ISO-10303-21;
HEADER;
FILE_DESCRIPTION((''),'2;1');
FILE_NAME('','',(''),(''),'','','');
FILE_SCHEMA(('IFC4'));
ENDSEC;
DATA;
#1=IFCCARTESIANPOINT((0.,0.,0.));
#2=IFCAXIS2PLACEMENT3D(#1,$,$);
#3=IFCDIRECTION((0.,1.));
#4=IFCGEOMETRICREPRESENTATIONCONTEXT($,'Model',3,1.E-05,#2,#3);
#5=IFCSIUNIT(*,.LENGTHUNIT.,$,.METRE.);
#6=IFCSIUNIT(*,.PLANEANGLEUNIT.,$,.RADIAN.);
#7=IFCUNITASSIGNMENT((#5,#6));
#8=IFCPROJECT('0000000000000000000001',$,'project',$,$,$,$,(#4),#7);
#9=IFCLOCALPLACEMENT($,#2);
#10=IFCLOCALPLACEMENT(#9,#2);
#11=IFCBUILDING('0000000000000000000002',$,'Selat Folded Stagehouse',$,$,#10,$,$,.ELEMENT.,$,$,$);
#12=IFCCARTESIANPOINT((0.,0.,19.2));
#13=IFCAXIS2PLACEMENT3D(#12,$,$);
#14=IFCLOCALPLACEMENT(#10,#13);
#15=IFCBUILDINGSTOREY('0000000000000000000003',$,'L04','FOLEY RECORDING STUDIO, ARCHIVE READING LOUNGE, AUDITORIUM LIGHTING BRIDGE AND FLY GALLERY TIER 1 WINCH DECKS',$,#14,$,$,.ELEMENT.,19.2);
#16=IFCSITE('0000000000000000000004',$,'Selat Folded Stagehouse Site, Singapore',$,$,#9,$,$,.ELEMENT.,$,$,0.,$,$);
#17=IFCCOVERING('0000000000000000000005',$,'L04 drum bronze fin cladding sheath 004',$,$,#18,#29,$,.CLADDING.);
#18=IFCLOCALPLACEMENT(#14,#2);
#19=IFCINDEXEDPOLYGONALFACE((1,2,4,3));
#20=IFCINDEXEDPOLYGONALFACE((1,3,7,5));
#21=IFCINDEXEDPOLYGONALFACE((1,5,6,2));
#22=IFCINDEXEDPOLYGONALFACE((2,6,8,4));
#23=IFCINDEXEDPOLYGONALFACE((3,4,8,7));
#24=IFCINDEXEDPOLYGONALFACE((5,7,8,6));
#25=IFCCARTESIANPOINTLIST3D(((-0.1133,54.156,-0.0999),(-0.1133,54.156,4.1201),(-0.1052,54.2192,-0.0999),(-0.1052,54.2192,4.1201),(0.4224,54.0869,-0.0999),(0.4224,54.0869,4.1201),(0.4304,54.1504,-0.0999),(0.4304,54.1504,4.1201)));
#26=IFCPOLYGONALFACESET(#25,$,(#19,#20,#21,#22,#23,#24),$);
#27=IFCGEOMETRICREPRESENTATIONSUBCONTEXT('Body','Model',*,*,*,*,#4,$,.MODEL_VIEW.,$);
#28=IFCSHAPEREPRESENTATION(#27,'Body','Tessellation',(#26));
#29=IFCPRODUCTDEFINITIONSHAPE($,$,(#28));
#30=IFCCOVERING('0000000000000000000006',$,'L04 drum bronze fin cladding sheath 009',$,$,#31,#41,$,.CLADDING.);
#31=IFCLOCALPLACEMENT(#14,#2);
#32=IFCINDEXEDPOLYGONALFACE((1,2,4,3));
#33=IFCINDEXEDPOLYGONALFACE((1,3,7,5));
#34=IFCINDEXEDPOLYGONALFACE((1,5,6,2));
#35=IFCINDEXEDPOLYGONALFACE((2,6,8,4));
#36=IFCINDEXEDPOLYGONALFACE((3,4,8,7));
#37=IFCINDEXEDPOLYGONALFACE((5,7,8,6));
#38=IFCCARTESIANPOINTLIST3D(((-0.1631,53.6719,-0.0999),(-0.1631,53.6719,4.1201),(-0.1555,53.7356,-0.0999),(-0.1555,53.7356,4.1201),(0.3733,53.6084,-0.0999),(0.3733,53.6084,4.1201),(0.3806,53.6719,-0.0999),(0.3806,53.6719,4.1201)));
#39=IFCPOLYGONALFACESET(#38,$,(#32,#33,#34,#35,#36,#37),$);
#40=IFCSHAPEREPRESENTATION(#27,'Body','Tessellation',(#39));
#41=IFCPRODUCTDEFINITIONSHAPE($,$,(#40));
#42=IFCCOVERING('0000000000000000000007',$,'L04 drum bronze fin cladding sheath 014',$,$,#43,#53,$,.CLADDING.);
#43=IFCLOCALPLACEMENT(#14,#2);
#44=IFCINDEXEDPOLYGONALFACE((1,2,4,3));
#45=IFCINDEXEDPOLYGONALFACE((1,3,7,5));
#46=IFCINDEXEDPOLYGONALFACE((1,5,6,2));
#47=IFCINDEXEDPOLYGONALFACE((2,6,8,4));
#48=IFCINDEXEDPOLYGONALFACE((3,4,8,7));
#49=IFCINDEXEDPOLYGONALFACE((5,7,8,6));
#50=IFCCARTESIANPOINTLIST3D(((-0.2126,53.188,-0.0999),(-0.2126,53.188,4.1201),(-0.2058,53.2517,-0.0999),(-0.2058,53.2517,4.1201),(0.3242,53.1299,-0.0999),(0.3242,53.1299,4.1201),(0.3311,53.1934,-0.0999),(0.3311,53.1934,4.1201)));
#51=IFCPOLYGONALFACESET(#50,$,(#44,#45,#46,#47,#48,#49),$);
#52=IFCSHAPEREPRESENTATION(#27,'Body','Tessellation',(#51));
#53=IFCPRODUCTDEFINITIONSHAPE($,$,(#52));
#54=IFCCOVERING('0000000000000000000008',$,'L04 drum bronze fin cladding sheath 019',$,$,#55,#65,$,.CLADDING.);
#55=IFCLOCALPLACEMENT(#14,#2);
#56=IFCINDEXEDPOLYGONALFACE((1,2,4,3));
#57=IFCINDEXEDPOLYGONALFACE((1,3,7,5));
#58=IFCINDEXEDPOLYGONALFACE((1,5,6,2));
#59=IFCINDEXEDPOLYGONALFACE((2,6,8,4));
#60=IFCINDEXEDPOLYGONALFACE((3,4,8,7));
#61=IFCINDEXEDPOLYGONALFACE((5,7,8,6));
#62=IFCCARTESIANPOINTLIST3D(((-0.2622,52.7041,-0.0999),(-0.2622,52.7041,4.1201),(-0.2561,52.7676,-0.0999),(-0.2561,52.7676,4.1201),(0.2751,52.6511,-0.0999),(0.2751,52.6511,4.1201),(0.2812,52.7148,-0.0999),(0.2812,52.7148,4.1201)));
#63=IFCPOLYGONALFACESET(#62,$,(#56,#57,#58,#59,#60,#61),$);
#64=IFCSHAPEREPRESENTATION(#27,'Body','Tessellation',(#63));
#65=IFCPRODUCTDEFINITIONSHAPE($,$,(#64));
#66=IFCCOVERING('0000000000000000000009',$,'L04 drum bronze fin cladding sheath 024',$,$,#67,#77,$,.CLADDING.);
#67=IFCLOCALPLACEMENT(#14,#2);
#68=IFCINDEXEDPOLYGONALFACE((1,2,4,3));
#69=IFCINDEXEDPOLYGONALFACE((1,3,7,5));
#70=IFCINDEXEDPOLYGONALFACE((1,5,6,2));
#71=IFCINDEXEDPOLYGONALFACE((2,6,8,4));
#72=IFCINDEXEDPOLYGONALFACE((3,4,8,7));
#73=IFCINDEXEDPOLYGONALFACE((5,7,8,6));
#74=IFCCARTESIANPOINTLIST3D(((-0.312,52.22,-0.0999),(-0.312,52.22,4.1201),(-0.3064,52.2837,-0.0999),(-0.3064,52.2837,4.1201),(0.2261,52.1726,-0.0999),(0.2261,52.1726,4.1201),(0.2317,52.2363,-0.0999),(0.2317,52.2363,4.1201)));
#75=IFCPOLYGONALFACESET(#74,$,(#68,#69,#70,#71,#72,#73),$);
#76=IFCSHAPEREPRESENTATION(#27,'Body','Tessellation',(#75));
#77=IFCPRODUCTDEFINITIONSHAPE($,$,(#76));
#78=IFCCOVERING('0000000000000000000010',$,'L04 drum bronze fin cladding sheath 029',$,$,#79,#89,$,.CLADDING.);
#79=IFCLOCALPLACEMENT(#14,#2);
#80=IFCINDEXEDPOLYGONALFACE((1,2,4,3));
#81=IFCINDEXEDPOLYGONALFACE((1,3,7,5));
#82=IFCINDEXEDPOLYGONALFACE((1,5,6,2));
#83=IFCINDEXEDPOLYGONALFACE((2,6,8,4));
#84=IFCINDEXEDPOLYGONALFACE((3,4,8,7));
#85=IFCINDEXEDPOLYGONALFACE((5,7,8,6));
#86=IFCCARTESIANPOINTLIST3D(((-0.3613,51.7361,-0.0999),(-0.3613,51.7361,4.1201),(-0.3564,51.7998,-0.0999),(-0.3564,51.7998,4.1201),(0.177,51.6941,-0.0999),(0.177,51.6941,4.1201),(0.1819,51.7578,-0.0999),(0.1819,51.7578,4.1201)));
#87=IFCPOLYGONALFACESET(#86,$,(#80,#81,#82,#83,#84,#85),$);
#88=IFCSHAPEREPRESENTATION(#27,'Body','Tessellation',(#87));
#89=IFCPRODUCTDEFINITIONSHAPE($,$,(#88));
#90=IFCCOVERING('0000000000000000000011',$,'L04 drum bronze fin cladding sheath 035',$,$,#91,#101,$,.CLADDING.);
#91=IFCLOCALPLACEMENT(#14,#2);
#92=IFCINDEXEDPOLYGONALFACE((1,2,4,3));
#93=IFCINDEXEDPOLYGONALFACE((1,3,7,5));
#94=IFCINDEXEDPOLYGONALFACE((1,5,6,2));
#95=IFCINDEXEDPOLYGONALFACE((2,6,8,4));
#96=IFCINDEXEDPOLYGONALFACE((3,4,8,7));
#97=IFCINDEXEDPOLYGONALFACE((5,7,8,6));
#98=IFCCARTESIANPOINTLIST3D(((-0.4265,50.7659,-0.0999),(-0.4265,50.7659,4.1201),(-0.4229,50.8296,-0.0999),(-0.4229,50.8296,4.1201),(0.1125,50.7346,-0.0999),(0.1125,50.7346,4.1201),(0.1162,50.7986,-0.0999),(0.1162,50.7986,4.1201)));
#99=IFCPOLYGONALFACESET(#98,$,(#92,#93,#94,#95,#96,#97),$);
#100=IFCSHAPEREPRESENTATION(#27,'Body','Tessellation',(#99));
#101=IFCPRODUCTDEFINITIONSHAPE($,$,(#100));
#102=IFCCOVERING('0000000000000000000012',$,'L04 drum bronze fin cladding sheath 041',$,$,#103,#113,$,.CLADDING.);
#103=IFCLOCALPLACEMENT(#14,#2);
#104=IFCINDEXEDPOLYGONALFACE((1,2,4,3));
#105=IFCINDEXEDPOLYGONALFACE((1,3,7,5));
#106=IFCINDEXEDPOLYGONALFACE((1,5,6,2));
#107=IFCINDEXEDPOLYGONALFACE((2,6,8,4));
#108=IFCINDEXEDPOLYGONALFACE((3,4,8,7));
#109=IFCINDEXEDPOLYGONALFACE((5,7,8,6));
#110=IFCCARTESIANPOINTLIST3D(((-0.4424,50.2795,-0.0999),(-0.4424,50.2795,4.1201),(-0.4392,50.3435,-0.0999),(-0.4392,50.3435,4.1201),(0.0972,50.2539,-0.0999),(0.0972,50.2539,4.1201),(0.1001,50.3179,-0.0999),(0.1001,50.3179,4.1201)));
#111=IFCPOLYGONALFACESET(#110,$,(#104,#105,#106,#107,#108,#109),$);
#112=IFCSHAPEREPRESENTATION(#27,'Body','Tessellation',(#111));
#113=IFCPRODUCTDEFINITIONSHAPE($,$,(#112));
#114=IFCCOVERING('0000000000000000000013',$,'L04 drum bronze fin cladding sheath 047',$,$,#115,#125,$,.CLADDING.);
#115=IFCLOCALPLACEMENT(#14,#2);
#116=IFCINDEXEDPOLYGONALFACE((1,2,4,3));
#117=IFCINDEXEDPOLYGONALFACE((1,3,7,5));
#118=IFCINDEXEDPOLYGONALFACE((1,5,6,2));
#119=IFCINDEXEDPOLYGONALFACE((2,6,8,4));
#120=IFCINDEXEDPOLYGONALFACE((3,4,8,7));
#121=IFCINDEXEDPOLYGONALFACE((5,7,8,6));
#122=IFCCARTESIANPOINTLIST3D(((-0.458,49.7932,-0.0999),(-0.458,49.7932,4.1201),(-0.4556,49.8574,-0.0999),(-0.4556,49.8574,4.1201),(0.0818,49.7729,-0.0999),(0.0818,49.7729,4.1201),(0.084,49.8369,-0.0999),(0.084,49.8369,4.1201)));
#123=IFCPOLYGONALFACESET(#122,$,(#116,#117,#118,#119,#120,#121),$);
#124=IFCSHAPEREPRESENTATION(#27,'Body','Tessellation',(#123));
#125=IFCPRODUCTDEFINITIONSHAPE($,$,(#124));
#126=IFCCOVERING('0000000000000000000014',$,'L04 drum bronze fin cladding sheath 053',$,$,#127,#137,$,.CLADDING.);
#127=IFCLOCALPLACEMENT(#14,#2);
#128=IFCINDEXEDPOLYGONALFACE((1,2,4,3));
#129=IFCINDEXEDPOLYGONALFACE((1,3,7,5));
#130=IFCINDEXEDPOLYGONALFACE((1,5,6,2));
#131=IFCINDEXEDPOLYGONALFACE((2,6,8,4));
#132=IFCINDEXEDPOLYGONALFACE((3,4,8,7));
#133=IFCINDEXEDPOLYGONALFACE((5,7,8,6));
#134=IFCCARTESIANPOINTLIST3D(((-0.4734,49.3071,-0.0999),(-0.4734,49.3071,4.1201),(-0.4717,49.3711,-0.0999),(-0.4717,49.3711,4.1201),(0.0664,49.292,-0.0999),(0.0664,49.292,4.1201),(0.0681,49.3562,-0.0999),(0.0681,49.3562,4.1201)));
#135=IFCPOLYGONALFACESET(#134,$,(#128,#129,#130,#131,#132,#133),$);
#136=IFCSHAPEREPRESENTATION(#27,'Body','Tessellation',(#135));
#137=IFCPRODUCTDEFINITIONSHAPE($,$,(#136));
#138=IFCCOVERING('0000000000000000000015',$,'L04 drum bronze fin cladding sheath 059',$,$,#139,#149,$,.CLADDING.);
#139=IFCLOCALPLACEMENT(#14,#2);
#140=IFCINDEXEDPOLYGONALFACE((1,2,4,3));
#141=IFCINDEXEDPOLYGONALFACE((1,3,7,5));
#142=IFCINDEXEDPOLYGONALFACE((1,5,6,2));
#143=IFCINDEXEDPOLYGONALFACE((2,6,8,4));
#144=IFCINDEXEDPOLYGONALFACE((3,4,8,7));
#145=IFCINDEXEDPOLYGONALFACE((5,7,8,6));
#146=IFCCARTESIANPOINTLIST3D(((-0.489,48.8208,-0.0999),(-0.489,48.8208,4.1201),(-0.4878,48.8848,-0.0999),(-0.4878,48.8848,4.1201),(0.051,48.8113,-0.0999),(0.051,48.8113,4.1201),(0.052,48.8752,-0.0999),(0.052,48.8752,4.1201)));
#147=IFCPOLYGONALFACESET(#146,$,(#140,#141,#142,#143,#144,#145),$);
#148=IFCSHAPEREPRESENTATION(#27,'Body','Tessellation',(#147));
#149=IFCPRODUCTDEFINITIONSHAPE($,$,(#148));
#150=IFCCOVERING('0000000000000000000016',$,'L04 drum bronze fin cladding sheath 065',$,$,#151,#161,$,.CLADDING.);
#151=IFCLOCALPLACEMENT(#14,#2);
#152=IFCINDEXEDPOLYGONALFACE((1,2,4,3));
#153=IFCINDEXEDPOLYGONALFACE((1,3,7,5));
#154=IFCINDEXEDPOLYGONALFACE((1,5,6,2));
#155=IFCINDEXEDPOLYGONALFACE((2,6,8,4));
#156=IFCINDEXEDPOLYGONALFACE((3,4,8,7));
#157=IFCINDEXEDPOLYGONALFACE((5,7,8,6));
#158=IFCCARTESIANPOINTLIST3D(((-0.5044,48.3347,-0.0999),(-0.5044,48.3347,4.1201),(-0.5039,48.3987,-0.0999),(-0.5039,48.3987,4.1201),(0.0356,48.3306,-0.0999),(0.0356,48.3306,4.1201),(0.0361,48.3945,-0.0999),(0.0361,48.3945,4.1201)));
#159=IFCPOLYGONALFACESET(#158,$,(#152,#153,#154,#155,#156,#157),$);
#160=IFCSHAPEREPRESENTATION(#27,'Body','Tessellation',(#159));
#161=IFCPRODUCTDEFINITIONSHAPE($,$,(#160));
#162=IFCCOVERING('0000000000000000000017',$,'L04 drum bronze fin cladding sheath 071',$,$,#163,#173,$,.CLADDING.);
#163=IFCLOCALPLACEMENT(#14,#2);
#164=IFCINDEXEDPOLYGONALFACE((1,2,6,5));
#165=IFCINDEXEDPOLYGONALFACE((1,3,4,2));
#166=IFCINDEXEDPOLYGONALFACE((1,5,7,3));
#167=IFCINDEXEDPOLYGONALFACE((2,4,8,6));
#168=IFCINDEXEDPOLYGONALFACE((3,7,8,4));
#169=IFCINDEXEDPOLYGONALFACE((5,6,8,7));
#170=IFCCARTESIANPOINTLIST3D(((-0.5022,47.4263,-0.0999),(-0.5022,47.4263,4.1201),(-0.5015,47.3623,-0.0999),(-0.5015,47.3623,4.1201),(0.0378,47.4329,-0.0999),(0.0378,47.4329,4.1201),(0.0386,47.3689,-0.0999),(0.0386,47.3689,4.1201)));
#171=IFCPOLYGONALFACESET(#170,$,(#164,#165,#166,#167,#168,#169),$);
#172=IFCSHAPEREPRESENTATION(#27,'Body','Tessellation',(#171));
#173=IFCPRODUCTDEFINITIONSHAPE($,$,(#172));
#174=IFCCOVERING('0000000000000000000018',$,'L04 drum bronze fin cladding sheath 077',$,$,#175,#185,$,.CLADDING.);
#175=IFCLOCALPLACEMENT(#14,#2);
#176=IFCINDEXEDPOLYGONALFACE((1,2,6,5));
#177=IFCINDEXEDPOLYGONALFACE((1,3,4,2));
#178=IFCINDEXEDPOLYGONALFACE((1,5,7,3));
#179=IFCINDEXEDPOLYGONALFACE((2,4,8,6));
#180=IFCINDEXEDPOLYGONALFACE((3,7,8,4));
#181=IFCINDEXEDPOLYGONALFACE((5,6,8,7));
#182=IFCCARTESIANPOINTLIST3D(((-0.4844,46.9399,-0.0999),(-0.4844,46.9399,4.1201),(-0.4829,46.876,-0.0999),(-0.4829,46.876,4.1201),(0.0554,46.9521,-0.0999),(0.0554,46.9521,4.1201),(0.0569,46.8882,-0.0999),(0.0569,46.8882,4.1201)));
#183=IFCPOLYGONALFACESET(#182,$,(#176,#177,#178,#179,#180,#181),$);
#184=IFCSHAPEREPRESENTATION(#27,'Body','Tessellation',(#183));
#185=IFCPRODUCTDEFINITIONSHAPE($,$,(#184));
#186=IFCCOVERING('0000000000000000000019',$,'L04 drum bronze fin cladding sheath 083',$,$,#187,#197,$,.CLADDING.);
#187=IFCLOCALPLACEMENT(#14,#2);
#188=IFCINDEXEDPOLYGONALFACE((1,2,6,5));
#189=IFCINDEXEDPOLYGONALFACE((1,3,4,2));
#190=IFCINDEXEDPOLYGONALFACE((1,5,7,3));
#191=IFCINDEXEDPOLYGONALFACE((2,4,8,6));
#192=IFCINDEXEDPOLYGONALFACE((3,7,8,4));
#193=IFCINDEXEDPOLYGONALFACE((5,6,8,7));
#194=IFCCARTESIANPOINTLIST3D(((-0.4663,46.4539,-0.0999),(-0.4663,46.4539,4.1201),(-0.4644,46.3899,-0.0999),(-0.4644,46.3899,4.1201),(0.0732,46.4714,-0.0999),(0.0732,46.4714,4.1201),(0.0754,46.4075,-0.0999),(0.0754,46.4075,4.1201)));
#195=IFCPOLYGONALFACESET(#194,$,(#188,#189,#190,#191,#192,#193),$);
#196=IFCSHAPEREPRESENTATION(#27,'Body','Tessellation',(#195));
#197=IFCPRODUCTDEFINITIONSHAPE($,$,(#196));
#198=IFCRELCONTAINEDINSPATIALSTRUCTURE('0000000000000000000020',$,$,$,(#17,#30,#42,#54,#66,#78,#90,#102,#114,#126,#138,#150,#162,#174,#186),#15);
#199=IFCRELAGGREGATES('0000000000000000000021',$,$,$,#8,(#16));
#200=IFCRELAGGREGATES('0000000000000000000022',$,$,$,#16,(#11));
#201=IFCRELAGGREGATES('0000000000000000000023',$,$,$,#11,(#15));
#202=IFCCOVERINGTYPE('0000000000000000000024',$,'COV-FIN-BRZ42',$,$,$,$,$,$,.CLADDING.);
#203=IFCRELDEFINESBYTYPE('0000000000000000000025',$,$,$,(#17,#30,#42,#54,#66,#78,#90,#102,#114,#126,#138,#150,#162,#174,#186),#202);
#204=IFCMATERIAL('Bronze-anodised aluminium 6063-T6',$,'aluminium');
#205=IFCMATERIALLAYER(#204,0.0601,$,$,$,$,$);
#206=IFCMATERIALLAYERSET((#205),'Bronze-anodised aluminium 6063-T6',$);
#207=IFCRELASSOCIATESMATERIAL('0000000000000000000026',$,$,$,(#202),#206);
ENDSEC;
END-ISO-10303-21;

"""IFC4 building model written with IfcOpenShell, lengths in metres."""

from ifc_helpers import new_model, si_unit, direction, frame, origin, place, context, subcontext, project, spatial, polyline, outline, extrude, material, layer, layer_set, type_object, element, save


model = new_model("IFC4")

# Units and contexts
model_context = context("Model", 3, precision=1e-05, world=origin(), true_north=direction((0.0, 1.0)))
body_context = subcontext(model_context, "Body", "Model", "MODEL_VIEW")
ifc_project = project(units=[si_unit("LENGTHUNIT", "METRE"), si_unit("PLANEANGLEUNIT", "RADIAN")], contexts=[model_context])

# Site, building, storey
site_placement = place(None, origin())
site = spatial("IfcSite", under=ifc_project, at=site_placement, Name="Selat Folded Stagehouse Site, Singapore", CompositionType="ELEMENT", RefElevation=0.0)
building_placement = place(site_placement, origin())
building = spatial("IfcBuilding", under=site, at=building_placement, Name="Selat Folded Stagehouse", CompositionType="ELEMENT")
storey_placement = place(building_placement, frame((0.0, 0.0, 19.2)))
storey = spatial("IfcBuildingStorey", under=building, at=storey_placement, Name="L04", Description="FOLEY RECORDING STUDIO, ARCHIVE READING LOUNGE, AUDITORIUM LIGHTING BRIDGE AND FLY GALLERY TIER 1 WINCH DECKS", CompositionType="ELEMENT", Elevation=19.2)

# Coverings
ifc_material_1 = material(Name="Bronze-anodised aluminium 6063-T6", Category="aluminium")
ifc_layer_1 = layer(ifc_material_1, 0.0601)
ifc_layer_set_1 = layer_set([ifc_layer_1], Name="Bronze-anodised aluminium 6063-T6")
covering_type = type_object("IfcCoveringType", Name="COV-FIN-BRZ42", PredefinedType="CLADDING", material=ifc_layer_set_1)
covering_1_placement = place(storey_placement, frame((0.0, 0.0, -0.0999)))
element("IfcCovering", 1, at=covering_1_placement, inside=storey, type_object=covering_type, Name="L04 drum bronze fin cladding sheath 004", PredefinedType="CLADDING", context=body_context, shape_type="SweptSolid", body=[
    extrude(outline(polyline([(0.4304, 54.1504), (-0.1052, 54.2192), (-0.1133, 54.156), (0.4224, 54.0869), (0.4304, 54.1504)])), origin(), (0.0, 0.0, 1.0), 4.22),
])
covering_2_placement = place(storey_placement, frame((0.0, 0.0, -0.0999)))
element("IfcCovering", 2, at=covering_2_placement, inside=storey, type_object=covering_type, Name="L04 drum bronze fin cladding sheath 009", PredefinedType="CLADDING", context=body_context, shape_type="SweptSolid", body=[
    extrude(outline(polyline([(0.3806, 53.6719), (-0.1555, 53.7356), (-0.1631, 53.6719), (0.3733, 53.6084), (0.3806, 53.6719)])), origin(), (0.0, 0.0, 1.0), 4.22),
])
covering_3_placement = place(storey_placement, frame((0.0, 0.0, -0.0999)))
element("IfcCovering", 3, at=covering_3_placement, inside=storey, type_object=covering_type, Name="L04 drum bronze fin cladding sheath 014", PredefinedType="CLADDING", context=body_context, shape_type="SweptSolid", body=[
    extrude(outline(polyline([(0.3311, 53.1934), (-0.2058, 53.2517), (-0.2126, 53.188), (0.3242, 53.1299), (0.3311, 53.1934)])), origin(), (0.0, 0.0, 1.0), 4.22),
])
covering_4_placement = place(storey_placement, frame((0.0, 0.0, -0.0999)))
element("IfcCovering", 4, at=covering_4_placement, inside=storey, type_object=covering_type, Name="L04 drum bronze fin cladding sheath 019", PredefinedType="CLADDING", context=body_context, shape_type="SweptSolid", body=[
    extrude(outline(polyline([(0.2812, 52.7148), (-0.2561, 52.7676), (-0.2622, 52.7041), (0.2751, 52.6511), (0.2812, 52.7148)])), origin(), (0.0, 0.0, 1.0), 4.22),
])
covering_5_placement = place(storey_placement, frame((0.0, 0.0, -0.0999)))
element("IfcCovering", 5, at=covering_5_placement, inside=storey, type_object=covering_type, Name="L04 drum bronze fin cladding sheath 024", PredefinedType="CLADDING", context=body_context, shape_type="SweptSolid", body=[
    extrude(outline(polyline([(0.2317, 52.2363), (-0.3064, 52.2837), (-0.312, 52.22), (0.2261, 52.1726), (0.2317, 52.2363)])), origin(), (0.0, 0.0, 1.0), 4.22),
])
covering_6_placement = place(storey_placement, frame((0.0, 0.0, -0.0999)))
element("IfcCovering", 6, at=covering_6_placement, inside=storey, type_object=covering_type, Name="L04 drum bronze fin cladding sheath 029", PredefinedType="CLADDING", context=body_context, shape_type="SweptSolid", body=[
    extrude(outline(polyline([(0.1819, 51.7578), (-0.3564, 51.7998), (-0.3613, 51.7361), (0.177, 51.6941), (0.1819, 51.7578)])), origin(), (0.0, 0.0, 1.0), 4.22),
])
covering_7_placement = place(storey_placement, frame((0.0, 0.0, -0.0999)))
element("IfcCovering", 7, at=covering_7_placement, inside=storey, type_object=covering_type, Name="L04 drum bronze fin cladding sheath 035", PredefinedType="CLADDING", context=body_context, shape_type="SweptSolid", body=[
    extrude(outline(polyline([(0.1162, 50.7986), (-0.4229, 50.8296), (-0.4265, 50.7659), (0.1125, 50.7346), (0.1162, 50.7986)])), origin(), (0.0, 0.0, 1.0), 4.22),
])
covering_8_placement = place(storey_placement, frame((0.0, 0.0, -0.0999)))
element("IfcCovering", 8, at=covering_8_placement, inside=storey, type_object=covering_type, Name="L04 drum bronze fin cladding sheath 041", PredefinedType="CLADDING", context=body_context, shape_type="SweptSolid", body=[
    extrude(outline(polyline([(0.1001, 50.3179), (-0.4392, 50.3435), (-0.4424, 50.2795), (0.0972, 50.2539), (0.1001, 50.3179)])), origin(), (0.0, 0.0, 1.0), 4.22),
])
covering_9_placement = place(storey_placement, frame((0.0, 0.0, -0.0999)))
element("IfcCovering", 9, at=covering_9_placement, inside=storey, type_object=covering_type, Name="L04 drum bronze fin cladding sheath 047", PredefinedType="CLADDING", context=body_context, shape_type="SweptSolid", body=[
    extrude(outline(polyline([(0.084, 49.8369), (-0.4556, 49.8574), (-0.458, 49.7932), (0.0818, 49.7729), (0.084, 49.8369)])), origin(), (0.0, 0.0, 1.0), 4.22),
])
covering_10_placement = place(storey_placement, frame((0.0, 0.0, -0.0999)))
element("IfcCovering", 10, at=covering_10_placement, inside=storey, type_object=covering_type, Name="L04 drum bronze fin cladding sheath 053", PredefinedType="CLADDING", context=body_context, shape_type="SweptSolid", body=[
    extrude(outline(polyline([(0.0681, 49.3562), (-0.4717, 49.3711), (-0.4734, 49.3071), (0.0664, 49.292), (0.0681, 49.3562)])), origin(), (0.0, 0.0, 1.0), 4.22),
])
covering_11_placement = place(storey_placement, frame((0.0, 0.0, -0.0999)))
element("IfcCovering", 11, at=covering_11_placement, inside=storey, type_object=covering_type, Name="L04 drum bronze fin cladding sheath 059", PredefinedType="CLADDING", context=body_context, shape_type="SweptSolid", body=[
    extrude(outline(polyline([(0.052, 48.8752), (-0.4878, 48.8848), (-0.489, 48.8208), (0.051, 48.8113), (0.052, 48.8752)])), origin(), (0.0, 0.0, 1.0), 4.22),
])
covering_12_placement = place(storey_placement, frame((0.0, 0.0, -0.0999)))
element("IfcCovering", 12, at=covering_12_placement, inside=storey, type_object=covering_type, Name="L04 drum bronze fin cladding sheath 065", PredefinedType="CLADDING", context=body_context, shape_type="SweptSolid", body=[
    extrude(outline(polyline([(0.0361, 48.3945), (-0.5039, 48.3987), (-0.5044, 48.3347), (0.0356, 48.3306), (0.0361, 48.3945)])), origin(), (0.0, 0.0, 1.0), 4.22),
])
covering_13_placement = place(storey_placement, frame((0.0, 0.0, -0.0999)))
element("IfcCovering", 13, at=covering_13_placement, inside=storey, type_object=covering_type, Name="L04 drum bronze fin cladding sheath 071", PredefinedType="CLADDING", context=body_context, shape_type="SweptSolid", body=[
    extrude(outline(polyline([(0.0378, 47.4329), (-0.5022, 47.4263), (-0.5015, 47.3623), (0.0386, 47.3689), (0.0378, 47.4329)])), origin(), (0.0, 0.0, 1.0), 4.22),
])
covering_14_placement = place(storey_placement, frame((0.0, 0.0, -0.0999)))
element("IfcCovering", 14, at=covering_14_placement, inside=storey, type_object=covering_type, Name="L04 drum bronze fin cladding sheath 077", PredefinedType="CLADDING", context=body_context, shape_type="SweptSolid", body=[
    extrude(outline(polyline([(0.0554, 46.9521), (-0.4844, 46.9399), (-0.4829, 46.876), (0.0569, 46.8882), (0.0554, 46.9521)])), origin(), (0.0, 0.0, 1.0), 4.22),
])
covering_15_placement = place(storey_placement, frame((0.0, 0.0, -0.0999)))
element("IfcCovering", 15, at=covering_15_placement, inside=storey, type_object=covering_type, Name="L04 drum bronze fin cladding sheath 083", PredefinedType="CLADDING", context=body_context, shape_type="SweptSolid", body=[
    extrude(outline(polyline([(0.0732, 46.4714), (-0.4663, 46.4539), (-0.4644, 46.3899), (0.0754, 46.4075), (0.0732, 46.4714)])), origin(), (0.0, 0.0, 1.0), 4.22),
])

save(model, "model.ifc")
